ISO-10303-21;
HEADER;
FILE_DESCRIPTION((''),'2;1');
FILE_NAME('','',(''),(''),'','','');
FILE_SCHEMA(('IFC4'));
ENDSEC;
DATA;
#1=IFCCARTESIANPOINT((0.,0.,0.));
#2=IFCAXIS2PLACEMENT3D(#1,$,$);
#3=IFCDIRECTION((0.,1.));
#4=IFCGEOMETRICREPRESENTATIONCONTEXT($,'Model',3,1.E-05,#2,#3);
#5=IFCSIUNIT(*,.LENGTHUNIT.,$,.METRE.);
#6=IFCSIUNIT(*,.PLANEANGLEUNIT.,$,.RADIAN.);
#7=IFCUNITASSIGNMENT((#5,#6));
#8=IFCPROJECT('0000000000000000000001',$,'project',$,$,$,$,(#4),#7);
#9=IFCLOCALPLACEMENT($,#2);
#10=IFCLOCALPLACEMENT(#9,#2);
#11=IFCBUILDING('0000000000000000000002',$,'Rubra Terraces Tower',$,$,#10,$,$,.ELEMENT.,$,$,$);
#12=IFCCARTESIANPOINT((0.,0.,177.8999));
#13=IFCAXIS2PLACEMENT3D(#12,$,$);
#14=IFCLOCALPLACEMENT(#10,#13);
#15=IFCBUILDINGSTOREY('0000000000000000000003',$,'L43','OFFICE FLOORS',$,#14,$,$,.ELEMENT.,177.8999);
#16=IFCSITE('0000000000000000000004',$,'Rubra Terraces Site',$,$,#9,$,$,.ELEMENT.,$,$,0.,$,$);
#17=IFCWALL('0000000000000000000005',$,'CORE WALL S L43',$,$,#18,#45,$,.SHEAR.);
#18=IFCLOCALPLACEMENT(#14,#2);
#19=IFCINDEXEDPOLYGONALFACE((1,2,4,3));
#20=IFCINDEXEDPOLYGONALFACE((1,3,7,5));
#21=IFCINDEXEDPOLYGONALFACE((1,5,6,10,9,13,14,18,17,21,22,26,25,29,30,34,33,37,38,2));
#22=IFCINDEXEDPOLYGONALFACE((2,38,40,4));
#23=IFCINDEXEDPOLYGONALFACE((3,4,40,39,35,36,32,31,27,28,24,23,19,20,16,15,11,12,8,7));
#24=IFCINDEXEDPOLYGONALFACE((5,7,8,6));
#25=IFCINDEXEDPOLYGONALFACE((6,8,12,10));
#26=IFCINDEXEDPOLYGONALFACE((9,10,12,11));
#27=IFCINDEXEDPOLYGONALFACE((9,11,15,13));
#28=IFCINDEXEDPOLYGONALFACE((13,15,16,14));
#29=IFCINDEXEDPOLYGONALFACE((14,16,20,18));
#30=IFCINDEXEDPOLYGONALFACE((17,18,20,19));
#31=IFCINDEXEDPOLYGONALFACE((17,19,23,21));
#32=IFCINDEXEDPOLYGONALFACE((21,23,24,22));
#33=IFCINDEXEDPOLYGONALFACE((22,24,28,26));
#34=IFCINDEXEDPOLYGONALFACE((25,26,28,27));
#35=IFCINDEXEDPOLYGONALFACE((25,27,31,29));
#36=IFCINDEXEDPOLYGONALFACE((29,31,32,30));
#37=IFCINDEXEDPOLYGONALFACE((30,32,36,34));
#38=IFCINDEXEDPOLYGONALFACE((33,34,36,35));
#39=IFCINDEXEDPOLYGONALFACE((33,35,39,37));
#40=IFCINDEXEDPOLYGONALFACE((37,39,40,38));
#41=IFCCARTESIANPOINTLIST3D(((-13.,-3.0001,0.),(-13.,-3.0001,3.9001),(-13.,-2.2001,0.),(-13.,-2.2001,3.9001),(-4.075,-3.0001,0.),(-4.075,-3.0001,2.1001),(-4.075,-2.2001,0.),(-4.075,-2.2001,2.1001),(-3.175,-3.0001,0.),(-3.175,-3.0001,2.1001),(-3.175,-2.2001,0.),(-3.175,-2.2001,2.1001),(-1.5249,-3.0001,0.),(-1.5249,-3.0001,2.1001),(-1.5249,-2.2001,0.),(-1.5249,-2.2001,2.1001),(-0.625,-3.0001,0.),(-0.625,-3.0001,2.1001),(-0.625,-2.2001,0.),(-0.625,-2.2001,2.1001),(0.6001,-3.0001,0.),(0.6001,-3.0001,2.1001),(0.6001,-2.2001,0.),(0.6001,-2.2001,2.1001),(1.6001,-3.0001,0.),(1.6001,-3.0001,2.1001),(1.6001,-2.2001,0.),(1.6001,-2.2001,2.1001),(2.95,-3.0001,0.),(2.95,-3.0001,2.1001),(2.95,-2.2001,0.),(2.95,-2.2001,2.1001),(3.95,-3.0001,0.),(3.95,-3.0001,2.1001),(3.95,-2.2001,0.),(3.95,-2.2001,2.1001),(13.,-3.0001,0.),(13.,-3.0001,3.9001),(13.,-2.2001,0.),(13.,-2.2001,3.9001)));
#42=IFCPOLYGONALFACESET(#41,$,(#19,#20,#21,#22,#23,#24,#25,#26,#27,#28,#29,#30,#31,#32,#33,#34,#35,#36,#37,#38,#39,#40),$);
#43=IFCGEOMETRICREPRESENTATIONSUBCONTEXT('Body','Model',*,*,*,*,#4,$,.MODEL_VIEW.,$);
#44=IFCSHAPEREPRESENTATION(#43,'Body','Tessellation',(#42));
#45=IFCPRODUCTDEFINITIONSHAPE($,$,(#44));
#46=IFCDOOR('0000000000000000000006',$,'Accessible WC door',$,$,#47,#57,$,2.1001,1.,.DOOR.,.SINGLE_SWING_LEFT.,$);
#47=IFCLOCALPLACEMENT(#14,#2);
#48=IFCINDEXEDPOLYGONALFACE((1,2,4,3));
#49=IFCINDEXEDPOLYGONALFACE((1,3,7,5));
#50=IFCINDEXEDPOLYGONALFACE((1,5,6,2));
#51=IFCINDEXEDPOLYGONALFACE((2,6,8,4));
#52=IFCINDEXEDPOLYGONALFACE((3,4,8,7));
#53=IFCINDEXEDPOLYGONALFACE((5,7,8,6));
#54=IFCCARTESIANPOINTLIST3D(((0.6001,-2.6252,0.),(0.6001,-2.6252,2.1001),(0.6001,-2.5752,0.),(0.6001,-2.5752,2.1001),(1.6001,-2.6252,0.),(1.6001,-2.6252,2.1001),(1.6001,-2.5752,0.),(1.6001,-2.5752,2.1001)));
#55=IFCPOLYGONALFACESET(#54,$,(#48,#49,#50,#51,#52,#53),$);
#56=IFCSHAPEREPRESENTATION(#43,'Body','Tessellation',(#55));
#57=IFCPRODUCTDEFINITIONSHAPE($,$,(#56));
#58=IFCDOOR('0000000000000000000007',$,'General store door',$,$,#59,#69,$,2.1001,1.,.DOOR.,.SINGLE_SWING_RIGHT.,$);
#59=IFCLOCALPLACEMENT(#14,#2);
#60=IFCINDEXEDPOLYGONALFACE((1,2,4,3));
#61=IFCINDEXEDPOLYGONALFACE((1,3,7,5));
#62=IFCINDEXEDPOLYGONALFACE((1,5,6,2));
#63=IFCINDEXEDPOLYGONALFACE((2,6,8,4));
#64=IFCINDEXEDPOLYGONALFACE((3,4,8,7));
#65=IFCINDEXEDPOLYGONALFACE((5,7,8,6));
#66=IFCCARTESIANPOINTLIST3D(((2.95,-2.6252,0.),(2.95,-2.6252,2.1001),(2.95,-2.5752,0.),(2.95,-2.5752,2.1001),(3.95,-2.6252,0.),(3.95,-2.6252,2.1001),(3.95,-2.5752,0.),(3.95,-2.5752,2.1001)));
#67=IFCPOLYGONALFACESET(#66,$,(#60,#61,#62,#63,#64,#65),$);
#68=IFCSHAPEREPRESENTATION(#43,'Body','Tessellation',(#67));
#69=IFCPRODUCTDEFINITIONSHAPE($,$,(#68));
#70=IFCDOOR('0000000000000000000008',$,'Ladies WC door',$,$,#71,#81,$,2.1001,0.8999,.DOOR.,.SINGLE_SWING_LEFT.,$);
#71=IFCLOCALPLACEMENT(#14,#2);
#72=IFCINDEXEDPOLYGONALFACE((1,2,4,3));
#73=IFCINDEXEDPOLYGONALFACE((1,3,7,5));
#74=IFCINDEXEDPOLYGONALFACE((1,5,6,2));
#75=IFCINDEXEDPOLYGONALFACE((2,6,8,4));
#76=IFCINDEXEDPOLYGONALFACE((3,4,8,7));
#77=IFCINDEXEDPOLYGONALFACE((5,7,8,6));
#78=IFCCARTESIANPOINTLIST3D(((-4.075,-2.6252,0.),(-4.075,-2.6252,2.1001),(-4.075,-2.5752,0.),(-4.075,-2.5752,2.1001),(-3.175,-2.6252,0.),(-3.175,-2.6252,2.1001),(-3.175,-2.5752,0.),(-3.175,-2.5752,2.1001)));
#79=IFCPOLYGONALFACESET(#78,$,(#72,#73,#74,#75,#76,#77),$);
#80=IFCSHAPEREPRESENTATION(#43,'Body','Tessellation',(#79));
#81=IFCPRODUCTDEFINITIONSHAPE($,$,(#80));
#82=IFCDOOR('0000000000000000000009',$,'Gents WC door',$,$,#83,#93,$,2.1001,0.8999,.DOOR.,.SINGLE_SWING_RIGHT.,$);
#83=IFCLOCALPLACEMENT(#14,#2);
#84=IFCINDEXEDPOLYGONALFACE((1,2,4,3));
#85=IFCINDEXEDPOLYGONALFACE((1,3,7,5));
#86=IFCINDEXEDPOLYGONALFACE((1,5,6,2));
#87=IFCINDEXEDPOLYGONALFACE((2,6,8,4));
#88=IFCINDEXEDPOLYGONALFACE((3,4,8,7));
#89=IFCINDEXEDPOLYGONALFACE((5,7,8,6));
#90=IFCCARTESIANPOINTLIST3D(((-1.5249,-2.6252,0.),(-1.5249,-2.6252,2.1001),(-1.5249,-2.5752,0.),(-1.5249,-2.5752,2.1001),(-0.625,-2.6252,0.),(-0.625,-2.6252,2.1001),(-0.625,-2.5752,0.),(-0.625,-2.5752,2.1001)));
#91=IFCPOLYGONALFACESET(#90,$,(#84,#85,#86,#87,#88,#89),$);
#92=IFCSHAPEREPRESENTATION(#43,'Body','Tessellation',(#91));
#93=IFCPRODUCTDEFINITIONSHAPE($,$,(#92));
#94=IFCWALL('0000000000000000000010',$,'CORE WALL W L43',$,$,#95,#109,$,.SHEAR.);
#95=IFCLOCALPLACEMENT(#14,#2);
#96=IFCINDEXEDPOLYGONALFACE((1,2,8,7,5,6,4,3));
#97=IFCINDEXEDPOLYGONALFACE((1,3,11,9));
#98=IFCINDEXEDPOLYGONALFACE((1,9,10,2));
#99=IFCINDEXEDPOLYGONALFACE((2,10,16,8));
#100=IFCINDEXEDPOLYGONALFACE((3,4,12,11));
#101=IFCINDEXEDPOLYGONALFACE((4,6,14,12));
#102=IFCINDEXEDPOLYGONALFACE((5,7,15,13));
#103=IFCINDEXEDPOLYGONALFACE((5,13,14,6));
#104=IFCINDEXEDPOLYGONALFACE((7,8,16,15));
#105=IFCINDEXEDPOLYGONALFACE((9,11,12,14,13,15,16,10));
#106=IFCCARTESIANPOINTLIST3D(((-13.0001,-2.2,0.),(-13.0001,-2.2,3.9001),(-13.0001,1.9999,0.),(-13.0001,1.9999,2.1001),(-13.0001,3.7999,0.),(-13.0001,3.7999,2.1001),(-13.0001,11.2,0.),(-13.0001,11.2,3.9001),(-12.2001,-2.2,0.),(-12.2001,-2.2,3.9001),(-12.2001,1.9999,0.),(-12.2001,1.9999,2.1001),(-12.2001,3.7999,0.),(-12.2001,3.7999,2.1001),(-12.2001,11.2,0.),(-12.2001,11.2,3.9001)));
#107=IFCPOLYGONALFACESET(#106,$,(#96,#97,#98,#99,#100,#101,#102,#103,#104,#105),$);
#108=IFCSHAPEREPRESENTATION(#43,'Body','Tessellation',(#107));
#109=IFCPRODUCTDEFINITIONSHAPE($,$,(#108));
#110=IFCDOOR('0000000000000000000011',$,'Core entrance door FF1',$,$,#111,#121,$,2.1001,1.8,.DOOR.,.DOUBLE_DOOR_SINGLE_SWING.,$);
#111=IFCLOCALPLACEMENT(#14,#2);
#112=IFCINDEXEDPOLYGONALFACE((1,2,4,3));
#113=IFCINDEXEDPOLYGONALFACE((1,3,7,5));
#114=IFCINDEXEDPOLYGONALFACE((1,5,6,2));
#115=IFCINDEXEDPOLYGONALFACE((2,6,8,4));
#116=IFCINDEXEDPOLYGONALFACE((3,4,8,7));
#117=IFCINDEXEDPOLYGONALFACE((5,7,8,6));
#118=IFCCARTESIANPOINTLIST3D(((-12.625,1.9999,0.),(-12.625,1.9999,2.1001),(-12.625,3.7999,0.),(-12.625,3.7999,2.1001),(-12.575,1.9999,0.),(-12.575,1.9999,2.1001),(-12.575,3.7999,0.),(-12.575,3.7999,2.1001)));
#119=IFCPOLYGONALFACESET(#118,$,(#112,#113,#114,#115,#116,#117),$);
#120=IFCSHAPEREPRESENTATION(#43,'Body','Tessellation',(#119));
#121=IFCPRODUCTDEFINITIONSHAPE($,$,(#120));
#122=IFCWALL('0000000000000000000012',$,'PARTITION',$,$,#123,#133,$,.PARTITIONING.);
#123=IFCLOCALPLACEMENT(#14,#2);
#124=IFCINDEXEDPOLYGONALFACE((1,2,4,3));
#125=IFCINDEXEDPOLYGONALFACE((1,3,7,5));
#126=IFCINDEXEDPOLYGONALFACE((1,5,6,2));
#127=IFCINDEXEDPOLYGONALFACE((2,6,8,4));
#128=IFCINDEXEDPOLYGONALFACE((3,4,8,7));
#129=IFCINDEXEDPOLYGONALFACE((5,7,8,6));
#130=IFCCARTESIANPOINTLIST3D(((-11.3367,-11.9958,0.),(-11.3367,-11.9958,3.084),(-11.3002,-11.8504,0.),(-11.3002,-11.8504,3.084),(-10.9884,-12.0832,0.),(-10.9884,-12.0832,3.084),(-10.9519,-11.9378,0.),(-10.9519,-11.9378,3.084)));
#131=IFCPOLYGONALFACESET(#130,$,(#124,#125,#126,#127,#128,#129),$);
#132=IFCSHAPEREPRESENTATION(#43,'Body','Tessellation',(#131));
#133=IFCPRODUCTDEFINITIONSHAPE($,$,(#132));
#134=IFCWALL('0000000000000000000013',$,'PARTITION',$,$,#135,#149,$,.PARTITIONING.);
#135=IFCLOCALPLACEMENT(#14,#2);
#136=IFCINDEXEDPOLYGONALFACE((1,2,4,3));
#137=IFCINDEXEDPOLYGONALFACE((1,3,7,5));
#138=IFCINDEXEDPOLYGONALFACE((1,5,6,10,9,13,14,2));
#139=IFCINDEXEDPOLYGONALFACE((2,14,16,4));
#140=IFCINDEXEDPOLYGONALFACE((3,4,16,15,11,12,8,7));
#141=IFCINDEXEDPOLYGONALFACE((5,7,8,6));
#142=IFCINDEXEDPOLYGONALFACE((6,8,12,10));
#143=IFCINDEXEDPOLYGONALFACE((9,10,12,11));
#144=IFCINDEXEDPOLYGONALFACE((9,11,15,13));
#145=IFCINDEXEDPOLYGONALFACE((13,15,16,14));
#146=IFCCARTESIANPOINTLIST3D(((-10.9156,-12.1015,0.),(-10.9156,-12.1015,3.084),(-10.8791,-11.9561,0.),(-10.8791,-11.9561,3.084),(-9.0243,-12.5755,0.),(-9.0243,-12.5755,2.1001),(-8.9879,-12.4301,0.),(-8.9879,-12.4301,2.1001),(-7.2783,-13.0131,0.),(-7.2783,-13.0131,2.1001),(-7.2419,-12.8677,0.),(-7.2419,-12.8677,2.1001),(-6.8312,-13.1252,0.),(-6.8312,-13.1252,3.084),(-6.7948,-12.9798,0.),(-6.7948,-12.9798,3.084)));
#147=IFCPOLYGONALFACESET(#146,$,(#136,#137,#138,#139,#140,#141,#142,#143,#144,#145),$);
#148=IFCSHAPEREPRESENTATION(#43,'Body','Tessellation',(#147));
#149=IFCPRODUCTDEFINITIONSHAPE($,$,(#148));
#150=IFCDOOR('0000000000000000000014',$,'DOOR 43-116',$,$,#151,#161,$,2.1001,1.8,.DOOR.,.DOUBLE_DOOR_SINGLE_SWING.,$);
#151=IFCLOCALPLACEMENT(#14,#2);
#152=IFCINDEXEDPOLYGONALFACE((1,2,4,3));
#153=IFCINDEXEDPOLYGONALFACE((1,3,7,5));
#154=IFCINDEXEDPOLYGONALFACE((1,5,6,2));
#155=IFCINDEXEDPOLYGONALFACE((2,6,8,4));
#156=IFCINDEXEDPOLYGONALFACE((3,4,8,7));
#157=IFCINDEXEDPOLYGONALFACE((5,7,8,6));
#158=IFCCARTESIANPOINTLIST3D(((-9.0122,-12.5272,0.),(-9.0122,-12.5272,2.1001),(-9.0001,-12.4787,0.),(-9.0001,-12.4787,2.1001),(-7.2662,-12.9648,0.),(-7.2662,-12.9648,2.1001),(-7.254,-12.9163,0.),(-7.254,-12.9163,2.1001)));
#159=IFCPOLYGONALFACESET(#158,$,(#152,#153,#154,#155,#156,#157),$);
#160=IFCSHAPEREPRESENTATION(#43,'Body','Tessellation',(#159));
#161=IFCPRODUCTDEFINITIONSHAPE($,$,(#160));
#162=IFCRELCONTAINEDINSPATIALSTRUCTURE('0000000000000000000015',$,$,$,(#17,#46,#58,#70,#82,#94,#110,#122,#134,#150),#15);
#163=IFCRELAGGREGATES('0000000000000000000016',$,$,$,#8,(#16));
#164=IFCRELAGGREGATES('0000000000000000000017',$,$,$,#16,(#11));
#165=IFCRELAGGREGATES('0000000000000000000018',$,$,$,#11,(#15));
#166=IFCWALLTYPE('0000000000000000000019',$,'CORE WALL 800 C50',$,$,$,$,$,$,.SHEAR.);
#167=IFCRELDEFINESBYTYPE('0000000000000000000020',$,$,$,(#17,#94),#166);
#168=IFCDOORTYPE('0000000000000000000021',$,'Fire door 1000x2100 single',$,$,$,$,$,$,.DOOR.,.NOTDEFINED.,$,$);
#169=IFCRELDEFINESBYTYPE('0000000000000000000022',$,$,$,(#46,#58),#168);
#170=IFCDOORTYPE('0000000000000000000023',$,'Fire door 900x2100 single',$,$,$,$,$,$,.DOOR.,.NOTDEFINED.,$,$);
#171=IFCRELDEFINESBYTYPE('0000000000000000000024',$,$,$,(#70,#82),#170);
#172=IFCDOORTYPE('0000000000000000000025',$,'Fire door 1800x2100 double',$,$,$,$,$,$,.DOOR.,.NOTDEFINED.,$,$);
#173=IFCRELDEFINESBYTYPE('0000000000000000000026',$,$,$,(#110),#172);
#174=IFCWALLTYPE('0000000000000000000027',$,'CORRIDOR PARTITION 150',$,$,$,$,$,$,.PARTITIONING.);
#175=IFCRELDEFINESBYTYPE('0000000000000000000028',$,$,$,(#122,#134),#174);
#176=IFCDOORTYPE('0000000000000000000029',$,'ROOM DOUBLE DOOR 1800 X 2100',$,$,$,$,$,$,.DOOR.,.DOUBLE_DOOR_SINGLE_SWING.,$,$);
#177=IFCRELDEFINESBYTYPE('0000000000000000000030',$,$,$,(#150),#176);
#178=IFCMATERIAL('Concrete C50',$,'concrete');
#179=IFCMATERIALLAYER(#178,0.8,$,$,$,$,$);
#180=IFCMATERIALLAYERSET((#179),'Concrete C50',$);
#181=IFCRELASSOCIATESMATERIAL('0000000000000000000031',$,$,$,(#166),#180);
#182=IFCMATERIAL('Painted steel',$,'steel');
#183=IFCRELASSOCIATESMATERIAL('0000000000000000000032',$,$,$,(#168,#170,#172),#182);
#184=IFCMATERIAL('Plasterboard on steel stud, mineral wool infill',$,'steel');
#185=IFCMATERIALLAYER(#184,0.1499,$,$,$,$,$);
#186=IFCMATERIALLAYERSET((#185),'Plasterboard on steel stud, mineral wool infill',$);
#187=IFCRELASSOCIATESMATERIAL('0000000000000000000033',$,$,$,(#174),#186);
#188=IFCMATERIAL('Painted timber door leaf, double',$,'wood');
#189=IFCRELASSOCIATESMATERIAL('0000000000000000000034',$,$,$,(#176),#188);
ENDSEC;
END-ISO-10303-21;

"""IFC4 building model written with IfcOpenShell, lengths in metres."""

from ifc_helpers import new_model, si_unit, direction, frame, frame_2d, origin, place, context, subcontext, project, spatial, rectangle, extrude, material, layer, layer_set, type_object, element, fill, save


model = new_model("IFC4")

# Units and contexts
model_context = context("Model", 3, precision=1e-05, world=origin(), true_north=direction((0.0, 1.0)))
body_context = subcontext(model_context, "Body", "Model", "MODEL_VIEW")
ifc_project = project(units=[si_unit("LENGTHUNIT", "METRE"), si_unit("PLANEANGLEUNIT", "RADIAN")], contexts=[model_context])

# Site, building, storey
site_placement = place(None, origin())
site = spatial("IfcSite", under=ifc_project, at=site_placement, Name="Rubra Terraces Site", CompositionType="ELEMENT", RefElevation=0.0)
building_placement = place(site_placement, origin())
building = spatial("IfcBuilding", under=site, at=building_placement, Name="Rubra Terraces Tower", CompositionType="ELEMENT")
storey_placement = place(building_placement, frame((0.0, 0.0, 177.8999)))
storey = spatial("IfcBuildingStorey", under=building, at=storey_placement, Name="L43", Description="OFFICE FLOORS", CompositionType="ELEMENT", Elevation=177.8999)

# Wall, openings, doors
ifc_material_1 = material(Name="Concrete C50", Category="concrete")
ifc_layer_1 = layer(ifc_material_1, 0.8)
ifc_layer_set_1 = layer_set([ifc_layer_1], Name="Concrete C50")
wall_type_1 = type_object("IfcWallType", Name="CORE WALL 800 C50", PredefinedType="SHEAR", material=ifc_layer_set_1)
wall_1_placement = place(storey_placement, frame((-13.0, -2.6001, 0.0), z_axis=(0.0, 0.0, 1.0), x_axis=(1.0, 0.0, 0.0)))
wall_1 = element("IfcWall", 1, at=wall_1_placement, inside=storey, type_object=wall_type_1, Name="CORE WALL S L43", PredefinedType="SHEAR", context=body_context, shape_type="SweptSolid", body=[
    extrude(rectangle(XDim=26.0, YDim=0.8, at=frame_2d((13.0, 0.0))), origin(), (0.0, 0.0, 1.0), 3.9001),
])
opening_1_placement = place(wall_1_placement, frame((8.925, 0.0, 0.0)))
opening_1 = element("IfcOpeningElement", 2, at=opening_1_placement, cuts=wall_1, PredefinedType="OPENING", context=body_context, shape_type="SweptSolid", body=[
    extrude(rectangle(XDim=0.8999, YDim=2.1001, at=frame_2d((0.45, 1.05))), frame((0.0, 0.4099, 0.0), z_axis=(0.0, -1.0, 0.0), x_axis=(1.0, 0.0, 0.0)), (0.0, 0.0, 1.0), 0.8201),
])
opening_2_placement = place(wall_1_placement, frame((11.4751, 0.0, 0.0)))
opening_2 = element("IfcOpeningElement", 3, at=opening_2_placement, cuts=wall_1, PredefinedType="OPENING", context=body_context, shape_type="SweptSolid", body=[
    extrude(rectangle(XDim=0.8999, YDim=2.1001, at=frame_2d((0.45, 1.05))), frame((0.0, 0.4099, 0.0), z_axis=(0.0, -1.0, 0.0), x_axis=(1.0, 0.0, 0.0)), (0.0, 0.0, 1.0), 0.8201),
])
opening_3_placement = place(wall_1_placement, frame((13.6001, 0.0, 0.0)))
opening_3 = element("IfcOpeningElement", 4, at=opening_3_placement, cuts=wall_1, PredefinedType="OPENING", context=body_context, shape_type="SweptSolid", body=[
    extrude(rectangle(XDim=1.0, YDim=2.1001, at=frame_2d((0.5, 1.05))), frame((0.0, 0.4099, 0.0), z_axis=(0.0, -1.0, 0.0), x_axis=(1.0, 0.0, 0.0)), (0.0, 0.0, 1.0), 0.8201),
])
opening_4_placement = place(wall_1_placement, frame((15.95, 0.0, 0.0)))
opening_4 = element("IfcOpeningElement", 5, at=opening_4_placement, cuts=wall_1, PredefinedType="OPENING", context=body_context, shape_type="SweptSolid", body=[
    extrude(rectangle(XDim=1.0, YDim=2.1001, at=frame_2d((0.5, 1.05))), frame((0.0, 0.4099, 0.0), z_axis=(0.0, -1.0, 0.0), x_axis=(1.0, 0.0, 0.0)), (0.0, 0.0, 1.0), 0.8201),
])
ifc_material_2 = material(Name="Painted steel", Category="steel")
door_type_1 = type_object("IfcDoorType", Name="Fire door 1000x2100 single", OperationType="NOTDEFINED", PredefinedType="DOOR", material=ifc_material_2)
door_1_placement = place(opening_3_placement, origin())
door_1 = element("IfcDoor", 6, at=door_1_placement, inside=storey, type_object=door_type_1, Name="Accessible WC door", OperationType="SINGLE_SWING_LEFT", OverallHeight=2.1001, OverallWidth=1.0, PredefinedType="DOOR", context=body_context, shape_type="SweptSolid", body=[
    extrude(rectangle(XDim=1.0, YDim=2.1001, at=frame_2d((0.5, 1.05))), frame((0.0, 0.0249, 0.0), z_axis=(0.0, -1.0, 0.0), x_axis=(1.0, 0.0, 0.0)), (0.0, 0.0, 1.0), 0.05),
])
fill(opening_3, door_1)
door_2_placement = place(opening_4_placement, origin())
door_2 = element("IfcDoor", 7, at=door_2_placement, inside=storey, type_object=door_type_1, Name="General store door", OperationType="SINGLE_SWING_RIGHT", OverallHeight=2.1001, OverallWidth=1.0, PredefinedType="DOOR", context=body_context, shape_type="SweptSolid", body=[
    extrude(rectangle(XDim=1.0, YDim=2.1001, at=frame_2d((0.5, 1.05))), frame((0.0, 0.0249, 0.0), z_axis=(0.0, -1.0, 0.0), x_axis=(1.0, 0.0, 0.0)), (0.0, 0.0, 1.0), 0.05),
])
fill(opening_4, door_2)
door_type_2 = type_object("IfcDoorType", Name="Fire door 900x2100 single", OperationType="NOTDEFINED", PredefinedType="DOOR", material=ifc_material_2)
door_3_placement = place(opening_1_placement, origin())
door_3 = element("IfcDoor", 8, at=door_3_placement, inside=storey, type_object=door_type_2, Name="Ladies WC door", OperationType="SINGLE_SWING_LEFT", OverallHeight=2.1001, OverallWidth=0.8999, PredefinedType="DOOR", context=body_context, shape_type="SweptSolid", body=[
    extrude(rectangle(XDim=0.8999, YDim=2.1001, at=frame_2d((0.45, 1.05))), frame((0.0, 0.0249, 0.0), z_axis=(0.0, -1.0, 0.0), x_axis=(1.0, 0.0, 0.0)), (0.0, 0.0, 1.0), 0.05),
])
fill(opening_1, door_3)
door_4_placement = place(opening_2_placement, origin())
door_4 = element("IfcDoor", 9, at=door_4_placement, inside=storey, type_object=door_type_2, Name="Gents WC door", OperationType="SINGLE_SWING_RIGHT", OverallHeight=2.1001, OverallWidth=0.8999, PredefinedType="DOOR", context=body_context, shape_type="SweptSolid", body=[
    extrude(rectangle(XDim=0.8999, YDim=2.1001, at=frame_2d((0.45, 1.05))), frame((0.0, 0.0249, 0.0), z_axis=(0.0, -1.0, 0.0), x_axis=(1.0, 0.0, 0.0)), (0.0, 0.0, 1.0), 0.05),
])
fill(opening_2, door_4)

# Wall, opening, door
wall_2_placement = place(storey_placement, frame((-12.6001, -2.2, 0.0), z_axis=(0.0, 0.0, 1.0), x_axis=(0.0, 1.0, 0.0)))
wall_2 = element("IfcWall", 10, at=wall_2_placement, inside=storey, type_object=wall_type_1, Name="CORE WALL W L43", PredefinedType="SHEAR", context=body_context, shape_type="SweptSolid", body=[
    extrude(rectangle(XDim=13.3999, YDim=0.8, at=frame_2d((6.7, 0.0))), origin(), (0.0, 0.0, 1.0), 3.9001),
])
opening_5_placement = place(wall_2_placement, frame((4.2, 0.0, 0.0)))
opening_5 = element("IfcOpeningElement", 11, at=opening_5_placement, cuts=wall_2, PredefinedType="OPENING", context=body_context, shape_type="SweptSolid", body=[
    extrude(rectangle(XDim=1.8, YDim=2.1001, at=frame_2d((0.8999, 1.05))), frame((0.0, 0.4099, 0.0), z_axis=(0.0, -1.0, 0.0), x_axis=(1.0, 0.0, 0.0)), (0.0, 0.0, 1.0), 0.8201),
])
door_type_3 = type_object("IfcDoorType", Name="Fire door 1800x2100 double", OperationType="NOTDEFINED", PredefinedType="DOOR", material=ifc_material_2)
door_5_placement = place(opening_5_placement, origin())
door_5 = element("IfcDoor", 12, at=door_5_placement, inside=storey, type_object=door_type_3, Name="Core entrance door FF1", OperationType="DOUBLE_DOOR_SINGLE_SWING", OverallHeight=2.1001, OverallWidth=1.8, PredefinedType="DOOR", context=body_context, shape_type="SweptSolid", body=[
    extrude(rectangle(XDim=1.8, YDim=2.1001, at=frame_2d((0.8999, 1.05))), frame((0.0, 0.0249, 0.0), z_axis=(0.0, -1.0, 0.0), x_axis=(1.0, 0.0, 0.0)), (0.0, 0.0, 1.0), 0.05),
])
fill(opening_5, door_5)

# Wall
ifc_material_3 = material(Name="Plasterboard on steel stud, mineral wool infill", Category="steel")
ifc_layer_2 = layer(ifc_material_3, 0.1499)
ifc_layer_set_2 = layer_set([ifc_layer_2], Name="Plasterboard on steel stud, mineral wool infill")
wall_type_2 = type_object("IfcWallType", Name="CORRIDOR PARTITION 150", PredefinedType="PARTITIONING", material=ifc_layer_set_2)
wall_3_placement = place(storey_placement, frame((-11.3186, -11.9231, 0.0), z_axis=(0.0, 0.0, 1.0), x_axis=(0.969942, -0.243335, 0.0)))
element("IfcWall", 13, at=wall_3_placement, inside=storey, type_object=wall_type_2, Name="PARTITION", PredefinedType="PARTITIONING", context=body_context, shape_type="SweptSolid", body=[
    extrude(rectangle(XDim=0.3591, YDim=0.1499, at=frame_2d((0.1797, 0.0))), origin(), (0.0, 0.0, 1.0), 3.084),
])

# Wall, opening, door
wall_4_placement = place(storey_placement, frame((-10.8975, -12.0288, 0.0), z_axis=(0.0, 0.0, 1.0), x_axis=(0.969999, -0.243109, 0.0)))
wall_4 = element("IfcWall", 14, at=wall_4_placement, inside=storey, type_object=wall_type_2, Name="PARTITION", PredefinedType="PARTITIONING", context=body_context, shape_type="SweptSolid", body=[
    extrude(rectangle(XDim=4.2107, YDim=0.1499, at=frame_2d((2.1055, 0.0))), origin(), (0.0, 0.0, 1.0), 3.084),
])
opening_6_placement = place(wall_4_placement, frame((1.95, 0.0, 0.0)))
opening_6 = element("IfcOpeningElement", 15, at=opening_6_placement, cuts=wall_4, PredefinedType="OPENING", context=body_context, shape_type="SweptSolid", body=[
    extrude(rectangle(XDim=1.8, YDim=2.1001, at=frame_2d((0.8999, 1.05))), frame((0.0, 0.085, 0.0), z_axis=(0.0, -1.0, 0.0), x_axis=(1.0, 0.0, 0.0)), (0.0, 0.0, 1.0), 0.1699),
])
ifc_material_4 = material(Name="Painted timber door leaf, double", Category="wood")
door_type_4 = type_object("IfcDoorType", Name="ROOM DOUBLE DOOR 1800 X 2100", OperationType="DOUBLE_DOOR_SINGLE_SWING", PredefinedType="DOOR", material=ifc_material_4)
door_6_placement = place(opening_6_placement, origin())
door_6 = element("IfcDoor", 16, at=door_6_placement, inside=storey, type_object=door_type_4, Name="DOOR 43-116", OperationType="DOUBLE_DOOR_SINGLE_SWING", OverallHeight=2.1001, OverallWidth=1.8, PredefinedType="DOOR", context=body_context, shape_type="SweptSolid", body=[
    extrude(rectangle(XDim=1.8, YDim=2.1001, at=frame_2d((0.8999, 1.05))), frame((0.0, 0.0249, 0.0), z_axis=(0.0, -1.0, 0.0), x_axis=(1.0, 0.0, 0.0)), (0.0, 0.0, 1.0), 0.05),
])
fill(opening_6, door_6)

save(model, "model.ifc")
